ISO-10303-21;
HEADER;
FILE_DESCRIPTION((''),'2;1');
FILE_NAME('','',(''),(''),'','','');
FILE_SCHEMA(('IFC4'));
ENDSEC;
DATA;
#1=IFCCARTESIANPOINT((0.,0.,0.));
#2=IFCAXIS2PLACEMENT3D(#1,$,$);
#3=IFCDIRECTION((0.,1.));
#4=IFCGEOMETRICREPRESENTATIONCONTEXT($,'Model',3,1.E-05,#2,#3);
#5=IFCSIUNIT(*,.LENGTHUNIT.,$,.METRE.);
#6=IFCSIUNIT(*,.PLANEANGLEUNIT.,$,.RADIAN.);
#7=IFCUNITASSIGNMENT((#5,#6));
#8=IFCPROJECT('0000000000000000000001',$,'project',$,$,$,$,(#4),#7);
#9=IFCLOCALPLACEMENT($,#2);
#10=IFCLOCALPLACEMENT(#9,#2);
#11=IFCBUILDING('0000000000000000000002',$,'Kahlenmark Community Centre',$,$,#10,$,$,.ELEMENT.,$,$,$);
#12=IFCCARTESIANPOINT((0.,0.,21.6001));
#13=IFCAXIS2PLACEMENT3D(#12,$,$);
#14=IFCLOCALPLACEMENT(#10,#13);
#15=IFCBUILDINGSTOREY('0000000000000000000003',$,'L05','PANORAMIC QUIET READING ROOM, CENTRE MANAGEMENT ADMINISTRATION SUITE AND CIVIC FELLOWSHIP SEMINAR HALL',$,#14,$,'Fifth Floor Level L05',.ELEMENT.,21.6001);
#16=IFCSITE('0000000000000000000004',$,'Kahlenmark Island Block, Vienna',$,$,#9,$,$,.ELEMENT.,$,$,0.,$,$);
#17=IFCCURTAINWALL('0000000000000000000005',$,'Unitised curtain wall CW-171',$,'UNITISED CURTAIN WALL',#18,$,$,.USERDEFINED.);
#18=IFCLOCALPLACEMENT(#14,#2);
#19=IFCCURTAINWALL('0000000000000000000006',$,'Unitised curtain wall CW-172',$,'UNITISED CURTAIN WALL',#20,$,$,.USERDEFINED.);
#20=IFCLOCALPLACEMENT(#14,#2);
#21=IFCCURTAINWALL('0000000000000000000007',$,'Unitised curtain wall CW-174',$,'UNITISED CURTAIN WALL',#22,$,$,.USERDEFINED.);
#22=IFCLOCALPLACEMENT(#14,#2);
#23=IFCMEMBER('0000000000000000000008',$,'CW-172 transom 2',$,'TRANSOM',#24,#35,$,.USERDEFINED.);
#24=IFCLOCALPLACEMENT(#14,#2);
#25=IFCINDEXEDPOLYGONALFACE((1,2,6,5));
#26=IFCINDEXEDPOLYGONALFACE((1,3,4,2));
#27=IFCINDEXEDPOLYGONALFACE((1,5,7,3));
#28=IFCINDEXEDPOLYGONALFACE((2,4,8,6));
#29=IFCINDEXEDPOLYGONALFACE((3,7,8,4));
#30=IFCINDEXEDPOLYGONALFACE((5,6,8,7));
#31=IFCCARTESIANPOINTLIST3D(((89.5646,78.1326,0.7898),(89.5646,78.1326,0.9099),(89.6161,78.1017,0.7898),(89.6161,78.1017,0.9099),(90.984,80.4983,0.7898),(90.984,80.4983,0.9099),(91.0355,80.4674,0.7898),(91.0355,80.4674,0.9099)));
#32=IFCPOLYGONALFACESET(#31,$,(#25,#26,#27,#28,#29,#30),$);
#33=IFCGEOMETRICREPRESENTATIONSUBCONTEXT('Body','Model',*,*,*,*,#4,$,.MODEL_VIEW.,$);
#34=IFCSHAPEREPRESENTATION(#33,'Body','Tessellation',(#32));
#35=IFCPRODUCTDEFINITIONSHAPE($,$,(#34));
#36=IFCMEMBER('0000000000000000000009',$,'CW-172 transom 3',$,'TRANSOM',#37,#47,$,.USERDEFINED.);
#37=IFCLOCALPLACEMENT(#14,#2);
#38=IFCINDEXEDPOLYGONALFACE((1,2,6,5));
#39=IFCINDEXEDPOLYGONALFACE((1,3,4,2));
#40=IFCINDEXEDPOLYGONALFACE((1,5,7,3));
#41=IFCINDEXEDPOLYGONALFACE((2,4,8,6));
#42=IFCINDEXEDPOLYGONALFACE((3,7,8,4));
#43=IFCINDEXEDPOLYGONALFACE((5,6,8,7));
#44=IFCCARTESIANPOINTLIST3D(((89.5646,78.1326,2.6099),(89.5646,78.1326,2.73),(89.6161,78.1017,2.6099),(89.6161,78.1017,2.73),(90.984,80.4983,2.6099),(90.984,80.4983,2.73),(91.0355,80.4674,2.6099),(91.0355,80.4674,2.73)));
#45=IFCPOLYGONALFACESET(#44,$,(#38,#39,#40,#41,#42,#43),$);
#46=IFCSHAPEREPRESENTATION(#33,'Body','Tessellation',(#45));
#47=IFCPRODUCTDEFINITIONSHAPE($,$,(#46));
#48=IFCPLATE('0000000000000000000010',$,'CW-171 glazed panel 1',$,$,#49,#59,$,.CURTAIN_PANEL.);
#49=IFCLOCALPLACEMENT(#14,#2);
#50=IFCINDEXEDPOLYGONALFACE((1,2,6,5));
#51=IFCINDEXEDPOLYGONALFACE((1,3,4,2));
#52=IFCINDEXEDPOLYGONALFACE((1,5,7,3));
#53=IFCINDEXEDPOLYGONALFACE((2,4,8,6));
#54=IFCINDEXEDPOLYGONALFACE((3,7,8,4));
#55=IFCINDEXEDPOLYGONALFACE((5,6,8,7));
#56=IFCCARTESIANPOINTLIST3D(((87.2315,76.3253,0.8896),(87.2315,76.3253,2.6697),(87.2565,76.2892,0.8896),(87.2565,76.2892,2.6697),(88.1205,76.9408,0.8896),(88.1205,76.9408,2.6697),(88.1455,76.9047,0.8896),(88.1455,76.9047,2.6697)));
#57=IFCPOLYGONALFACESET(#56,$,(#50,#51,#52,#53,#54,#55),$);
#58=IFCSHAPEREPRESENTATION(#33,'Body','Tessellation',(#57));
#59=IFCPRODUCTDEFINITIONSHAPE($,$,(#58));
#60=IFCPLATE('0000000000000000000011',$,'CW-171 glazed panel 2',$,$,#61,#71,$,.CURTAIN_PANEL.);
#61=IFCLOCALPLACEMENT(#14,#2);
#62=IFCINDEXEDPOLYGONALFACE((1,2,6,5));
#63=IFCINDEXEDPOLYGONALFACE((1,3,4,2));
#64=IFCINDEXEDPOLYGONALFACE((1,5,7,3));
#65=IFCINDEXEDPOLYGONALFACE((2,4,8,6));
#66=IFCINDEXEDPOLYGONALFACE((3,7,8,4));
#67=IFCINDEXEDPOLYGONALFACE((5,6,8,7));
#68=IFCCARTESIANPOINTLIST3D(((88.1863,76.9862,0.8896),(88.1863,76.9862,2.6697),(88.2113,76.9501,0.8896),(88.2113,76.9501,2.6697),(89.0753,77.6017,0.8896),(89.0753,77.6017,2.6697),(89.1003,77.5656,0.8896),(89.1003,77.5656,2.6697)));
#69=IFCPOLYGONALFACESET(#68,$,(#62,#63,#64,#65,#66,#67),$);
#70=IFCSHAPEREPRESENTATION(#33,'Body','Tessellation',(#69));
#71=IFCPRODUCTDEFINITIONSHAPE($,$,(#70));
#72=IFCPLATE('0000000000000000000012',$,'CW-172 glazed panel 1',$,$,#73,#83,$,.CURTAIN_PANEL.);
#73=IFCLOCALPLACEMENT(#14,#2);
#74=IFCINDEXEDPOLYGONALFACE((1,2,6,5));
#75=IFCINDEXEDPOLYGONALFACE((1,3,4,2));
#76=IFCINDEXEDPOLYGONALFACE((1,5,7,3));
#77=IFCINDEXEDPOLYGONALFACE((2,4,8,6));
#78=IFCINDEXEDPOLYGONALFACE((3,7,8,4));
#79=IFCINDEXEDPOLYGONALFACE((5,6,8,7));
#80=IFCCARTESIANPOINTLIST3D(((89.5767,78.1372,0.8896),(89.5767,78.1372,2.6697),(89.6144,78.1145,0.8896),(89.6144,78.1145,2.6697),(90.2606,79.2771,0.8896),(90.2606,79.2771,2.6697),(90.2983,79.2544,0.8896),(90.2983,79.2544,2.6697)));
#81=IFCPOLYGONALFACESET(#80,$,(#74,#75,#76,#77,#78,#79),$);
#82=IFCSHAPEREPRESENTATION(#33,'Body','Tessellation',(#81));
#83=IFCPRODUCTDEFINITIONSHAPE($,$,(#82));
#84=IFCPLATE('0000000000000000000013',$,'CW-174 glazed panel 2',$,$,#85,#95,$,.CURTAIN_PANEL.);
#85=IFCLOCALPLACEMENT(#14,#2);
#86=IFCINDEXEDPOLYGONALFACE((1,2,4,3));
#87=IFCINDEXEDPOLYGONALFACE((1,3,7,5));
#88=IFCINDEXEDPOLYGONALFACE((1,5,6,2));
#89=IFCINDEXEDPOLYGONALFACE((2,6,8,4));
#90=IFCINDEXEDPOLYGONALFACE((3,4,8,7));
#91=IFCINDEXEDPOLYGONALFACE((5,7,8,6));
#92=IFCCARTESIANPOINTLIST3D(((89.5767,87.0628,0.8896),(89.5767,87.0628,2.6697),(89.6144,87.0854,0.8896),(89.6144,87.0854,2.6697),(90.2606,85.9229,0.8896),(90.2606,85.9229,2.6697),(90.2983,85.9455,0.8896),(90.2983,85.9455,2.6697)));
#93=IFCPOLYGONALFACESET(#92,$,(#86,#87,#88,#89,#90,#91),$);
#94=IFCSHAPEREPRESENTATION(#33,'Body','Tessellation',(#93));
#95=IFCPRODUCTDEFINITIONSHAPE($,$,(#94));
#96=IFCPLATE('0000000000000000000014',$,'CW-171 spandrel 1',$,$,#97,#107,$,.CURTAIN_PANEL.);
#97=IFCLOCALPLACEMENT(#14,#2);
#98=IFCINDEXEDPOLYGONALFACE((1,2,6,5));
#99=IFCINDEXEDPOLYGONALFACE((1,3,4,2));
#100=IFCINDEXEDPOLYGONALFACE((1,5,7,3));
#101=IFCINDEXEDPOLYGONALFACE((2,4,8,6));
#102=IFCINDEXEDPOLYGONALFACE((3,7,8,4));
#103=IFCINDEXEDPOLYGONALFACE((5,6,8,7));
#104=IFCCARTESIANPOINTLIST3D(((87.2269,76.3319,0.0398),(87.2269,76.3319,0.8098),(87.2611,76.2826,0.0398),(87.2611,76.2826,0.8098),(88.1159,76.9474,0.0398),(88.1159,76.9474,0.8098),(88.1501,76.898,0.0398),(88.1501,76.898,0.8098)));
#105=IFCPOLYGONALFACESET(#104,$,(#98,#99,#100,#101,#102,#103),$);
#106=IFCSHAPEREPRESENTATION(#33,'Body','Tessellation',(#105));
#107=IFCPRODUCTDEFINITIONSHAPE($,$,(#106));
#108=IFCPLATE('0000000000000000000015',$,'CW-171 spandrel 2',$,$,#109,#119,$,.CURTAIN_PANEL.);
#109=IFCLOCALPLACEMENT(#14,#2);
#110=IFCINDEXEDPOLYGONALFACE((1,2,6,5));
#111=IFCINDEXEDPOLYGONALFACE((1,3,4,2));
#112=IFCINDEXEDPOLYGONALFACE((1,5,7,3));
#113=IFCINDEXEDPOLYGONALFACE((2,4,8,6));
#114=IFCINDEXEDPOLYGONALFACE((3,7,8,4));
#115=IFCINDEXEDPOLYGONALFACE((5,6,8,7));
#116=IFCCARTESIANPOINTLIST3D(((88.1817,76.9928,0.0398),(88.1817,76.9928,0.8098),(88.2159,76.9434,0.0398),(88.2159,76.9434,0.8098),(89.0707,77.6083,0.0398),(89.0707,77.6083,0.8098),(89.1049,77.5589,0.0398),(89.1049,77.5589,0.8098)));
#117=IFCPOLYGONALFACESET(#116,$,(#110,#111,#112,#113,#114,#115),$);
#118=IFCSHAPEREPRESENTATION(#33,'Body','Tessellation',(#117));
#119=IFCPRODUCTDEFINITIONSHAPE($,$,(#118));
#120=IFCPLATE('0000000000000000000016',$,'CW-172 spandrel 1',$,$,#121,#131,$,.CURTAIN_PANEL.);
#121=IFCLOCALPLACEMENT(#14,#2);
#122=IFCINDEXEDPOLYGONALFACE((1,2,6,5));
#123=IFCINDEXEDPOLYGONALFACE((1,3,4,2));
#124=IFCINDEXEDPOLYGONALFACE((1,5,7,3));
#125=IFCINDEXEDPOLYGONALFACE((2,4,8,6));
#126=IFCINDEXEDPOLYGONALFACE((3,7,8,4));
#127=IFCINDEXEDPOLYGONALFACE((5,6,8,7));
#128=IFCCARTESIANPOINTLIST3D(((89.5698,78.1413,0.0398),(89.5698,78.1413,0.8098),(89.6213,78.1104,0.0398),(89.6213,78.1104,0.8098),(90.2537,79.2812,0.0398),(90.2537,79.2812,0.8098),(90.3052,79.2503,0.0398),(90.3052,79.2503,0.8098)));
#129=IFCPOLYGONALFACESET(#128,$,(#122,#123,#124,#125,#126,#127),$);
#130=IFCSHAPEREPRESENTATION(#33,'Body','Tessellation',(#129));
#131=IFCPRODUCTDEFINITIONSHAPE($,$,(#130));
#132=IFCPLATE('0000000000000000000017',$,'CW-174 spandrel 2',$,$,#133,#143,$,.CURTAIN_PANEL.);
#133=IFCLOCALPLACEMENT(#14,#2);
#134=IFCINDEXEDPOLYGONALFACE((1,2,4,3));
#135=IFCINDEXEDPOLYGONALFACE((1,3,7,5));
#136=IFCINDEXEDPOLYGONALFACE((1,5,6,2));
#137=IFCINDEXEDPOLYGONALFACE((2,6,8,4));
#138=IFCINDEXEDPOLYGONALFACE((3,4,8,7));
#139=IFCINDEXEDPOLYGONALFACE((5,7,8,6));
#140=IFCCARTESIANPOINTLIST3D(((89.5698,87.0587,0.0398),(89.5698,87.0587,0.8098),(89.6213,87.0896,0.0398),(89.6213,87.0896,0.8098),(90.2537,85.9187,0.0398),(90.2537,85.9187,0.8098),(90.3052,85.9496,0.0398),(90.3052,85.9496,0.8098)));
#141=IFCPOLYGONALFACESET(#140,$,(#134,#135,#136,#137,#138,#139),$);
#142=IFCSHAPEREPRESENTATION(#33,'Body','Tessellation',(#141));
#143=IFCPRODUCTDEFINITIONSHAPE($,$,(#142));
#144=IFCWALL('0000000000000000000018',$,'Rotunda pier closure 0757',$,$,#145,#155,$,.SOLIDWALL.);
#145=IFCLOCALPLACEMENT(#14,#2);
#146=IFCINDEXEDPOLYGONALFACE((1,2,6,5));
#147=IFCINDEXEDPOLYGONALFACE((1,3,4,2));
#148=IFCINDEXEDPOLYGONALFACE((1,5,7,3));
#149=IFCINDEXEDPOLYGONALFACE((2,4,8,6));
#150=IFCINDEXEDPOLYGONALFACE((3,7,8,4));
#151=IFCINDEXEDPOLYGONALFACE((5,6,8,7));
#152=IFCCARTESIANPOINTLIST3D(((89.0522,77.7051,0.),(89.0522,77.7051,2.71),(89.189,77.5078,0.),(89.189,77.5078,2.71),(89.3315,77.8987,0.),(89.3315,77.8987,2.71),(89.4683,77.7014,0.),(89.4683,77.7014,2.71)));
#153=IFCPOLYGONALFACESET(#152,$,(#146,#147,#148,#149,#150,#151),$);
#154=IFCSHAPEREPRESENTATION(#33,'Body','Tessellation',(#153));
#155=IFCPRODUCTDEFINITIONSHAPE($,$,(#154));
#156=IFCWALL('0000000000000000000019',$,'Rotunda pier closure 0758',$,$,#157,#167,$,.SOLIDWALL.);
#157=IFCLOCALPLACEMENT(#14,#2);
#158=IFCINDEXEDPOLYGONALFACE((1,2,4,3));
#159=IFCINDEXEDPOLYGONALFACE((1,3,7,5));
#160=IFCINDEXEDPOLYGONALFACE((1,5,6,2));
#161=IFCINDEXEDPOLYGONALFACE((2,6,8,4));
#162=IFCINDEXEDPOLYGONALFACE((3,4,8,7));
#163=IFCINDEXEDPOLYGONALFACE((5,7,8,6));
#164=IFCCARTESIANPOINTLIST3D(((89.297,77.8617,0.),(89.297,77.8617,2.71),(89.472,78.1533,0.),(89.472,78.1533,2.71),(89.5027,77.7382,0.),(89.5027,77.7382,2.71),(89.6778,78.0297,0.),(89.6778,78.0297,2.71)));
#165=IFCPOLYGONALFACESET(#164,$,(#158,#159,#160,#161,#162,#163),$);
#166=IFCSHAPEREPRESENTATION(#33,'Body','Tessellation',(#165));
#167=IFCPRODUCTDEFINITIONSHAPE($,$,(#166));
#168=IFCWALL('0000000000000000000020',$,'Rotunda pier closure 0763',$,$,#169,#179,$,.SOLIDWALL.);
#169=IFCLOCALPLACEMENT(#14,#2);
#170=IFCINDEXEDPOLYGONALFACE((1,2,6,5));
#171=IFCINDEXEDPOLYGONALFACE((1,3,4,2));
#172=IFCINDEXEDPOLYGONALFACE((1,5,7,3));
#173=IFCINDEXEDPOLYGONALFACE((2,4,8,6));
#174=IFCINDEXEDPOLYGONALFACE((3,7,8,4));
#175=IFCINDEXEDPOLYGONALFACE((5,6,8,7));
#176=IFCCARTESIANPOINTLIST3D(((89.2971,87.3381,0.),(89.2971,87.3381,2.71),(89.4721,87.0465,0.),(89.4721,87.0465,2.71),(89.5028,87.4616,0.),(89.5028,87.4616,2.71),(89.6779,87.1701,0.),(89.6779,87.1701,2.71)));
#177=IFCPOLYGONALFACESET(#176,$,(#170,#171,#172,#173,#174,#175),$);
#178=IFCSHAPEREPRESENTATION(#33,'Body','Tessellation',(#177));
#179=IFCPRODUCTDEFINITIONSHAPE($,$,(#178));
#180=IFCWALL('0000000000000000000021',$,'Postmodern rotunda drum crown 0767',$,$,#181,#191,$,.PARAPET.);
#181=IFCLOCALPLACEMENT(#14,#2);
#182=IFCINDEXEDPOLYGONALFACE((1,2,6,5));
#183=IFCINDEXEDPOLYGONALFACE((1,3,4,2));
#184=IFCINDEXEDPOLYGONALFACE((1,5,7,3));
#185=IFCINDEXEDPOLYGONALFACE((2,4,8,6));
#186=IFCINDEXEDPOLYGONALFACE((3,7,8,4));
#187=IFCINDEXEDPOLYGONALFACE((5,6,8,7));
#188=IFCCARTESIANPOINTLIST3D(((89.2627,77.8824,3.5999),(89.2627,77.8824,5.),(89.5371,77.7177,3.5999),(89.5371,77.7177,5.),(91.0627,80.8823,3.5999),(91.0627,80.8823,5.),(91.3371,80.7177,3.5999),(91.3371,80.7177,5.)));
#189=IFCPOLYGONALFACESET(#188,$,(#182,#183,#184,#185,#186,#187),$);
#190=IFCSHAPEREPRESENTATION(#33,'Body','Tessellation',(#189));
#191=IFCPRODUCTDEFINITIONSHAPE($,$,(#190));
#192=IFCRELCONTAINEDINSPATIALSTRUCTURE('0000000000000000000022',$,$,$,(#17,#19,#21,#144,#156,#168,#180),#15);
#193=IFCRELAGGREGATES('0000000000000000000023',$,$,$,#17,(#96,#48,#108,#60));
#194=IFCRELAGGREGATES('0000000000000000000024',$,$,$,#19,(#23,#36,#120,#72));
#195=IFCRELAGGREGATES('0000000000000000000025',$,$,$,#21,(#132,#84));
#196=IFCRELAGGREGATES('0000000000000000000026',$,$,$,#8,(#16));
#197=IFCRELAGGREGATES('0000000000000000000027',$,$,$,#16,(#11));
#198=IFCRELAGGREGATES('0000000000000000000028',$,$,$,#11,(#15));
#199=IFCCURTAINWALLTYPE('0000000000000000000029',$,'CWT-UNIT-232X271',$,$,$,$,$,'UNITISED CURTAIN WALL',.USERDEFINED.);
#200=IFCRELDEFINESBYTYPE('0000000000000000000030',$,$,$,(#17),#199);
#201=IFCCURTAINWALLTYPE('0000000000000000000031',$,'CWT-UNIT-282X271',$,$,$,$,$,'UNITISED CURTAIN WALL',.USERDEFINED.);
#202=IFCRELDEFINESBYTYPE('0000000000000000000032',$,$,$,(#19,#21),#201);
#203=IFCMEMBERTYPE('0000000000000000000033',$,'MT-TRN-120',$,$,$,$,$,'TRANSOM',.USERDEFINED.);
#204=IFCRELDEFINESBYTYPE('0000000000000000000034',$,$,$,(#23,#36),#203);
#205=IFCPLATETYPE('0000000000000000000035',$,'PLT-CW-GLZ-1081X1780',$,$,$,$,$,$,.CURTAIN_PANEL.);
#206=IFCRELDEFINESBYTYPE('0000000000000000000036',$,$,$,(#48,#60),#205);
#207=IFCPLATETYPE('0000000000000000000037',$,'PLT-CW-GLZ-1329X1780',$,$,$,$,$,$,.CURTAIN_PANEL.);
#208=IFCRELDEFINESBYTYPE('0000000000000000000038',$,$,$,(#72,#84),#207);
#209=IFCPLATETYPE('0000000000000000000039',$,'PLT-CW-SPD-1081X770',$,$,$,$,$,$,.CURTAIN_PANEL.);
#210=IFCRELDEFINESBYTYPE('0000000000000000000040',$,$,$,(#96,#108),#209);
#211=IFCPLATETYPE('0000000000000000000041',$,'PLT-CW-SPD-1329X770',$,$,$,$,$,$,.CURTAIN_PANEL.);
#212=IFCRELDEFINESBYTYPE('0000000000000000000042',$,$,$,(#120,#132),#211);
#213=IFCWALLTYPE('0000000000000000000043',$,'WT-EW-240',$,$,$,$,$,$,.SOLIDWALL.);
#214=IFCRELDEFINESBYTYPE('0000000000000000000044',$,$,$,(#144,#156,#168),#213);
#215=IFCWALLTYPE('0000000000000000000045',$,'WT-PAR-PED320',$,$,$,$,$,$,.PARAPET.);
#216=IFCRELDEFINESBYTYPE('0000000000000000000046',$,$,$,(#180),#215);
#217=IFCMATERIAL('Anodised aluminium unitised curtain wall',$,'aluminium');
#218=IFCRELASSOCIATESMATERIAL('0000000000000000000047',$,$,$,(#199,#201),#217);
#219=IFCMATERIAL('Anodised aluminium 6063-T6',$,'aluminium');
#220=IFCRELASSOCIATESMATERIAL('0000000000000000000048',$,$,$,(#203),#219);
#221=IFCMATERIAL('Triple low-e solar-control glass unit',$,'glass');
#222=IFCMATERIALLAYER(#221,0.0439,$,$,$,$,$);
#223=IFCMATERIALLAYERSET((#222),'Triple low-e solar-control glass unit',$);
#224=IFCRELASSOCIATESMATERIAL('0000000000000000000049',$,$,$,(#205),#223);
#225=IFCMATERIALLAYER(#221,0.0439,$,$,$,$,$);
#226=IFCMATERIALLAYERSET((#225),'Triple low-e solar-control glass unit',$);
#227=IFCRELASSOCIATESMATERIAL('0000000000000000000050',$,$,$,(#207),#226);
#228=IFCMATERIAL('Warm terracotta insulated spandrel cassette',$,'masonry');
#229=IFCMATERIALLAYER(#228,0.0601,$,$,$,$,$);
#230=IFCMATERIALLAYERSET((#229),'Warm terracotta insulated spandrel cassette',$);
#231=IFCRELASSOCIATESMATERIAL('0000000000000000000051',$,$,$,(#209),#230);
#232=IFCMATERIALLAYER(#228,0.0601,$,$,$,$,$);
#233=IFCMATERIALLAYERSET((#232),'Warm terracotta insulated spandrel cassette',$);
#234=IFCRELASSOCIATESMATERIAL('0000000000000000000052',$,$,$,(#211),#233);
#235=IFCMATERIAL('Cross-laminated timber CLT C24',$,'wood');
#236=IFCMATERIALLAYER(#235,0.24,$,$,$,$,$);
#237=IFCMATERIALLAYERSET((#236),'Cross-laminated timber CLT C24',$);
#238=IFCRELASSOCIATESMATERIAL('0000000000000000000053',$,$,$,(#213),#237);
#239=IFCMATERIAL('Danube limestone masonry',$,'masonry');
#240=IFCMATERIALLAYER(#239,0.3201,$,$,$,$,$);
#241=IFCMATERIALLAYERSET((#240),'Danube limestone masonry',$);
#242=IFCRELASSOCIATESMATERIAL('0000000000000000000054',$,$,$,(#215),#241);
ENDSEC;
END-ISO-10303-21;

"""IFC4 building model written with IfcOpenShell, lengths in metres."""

from ifc_helpers import new_model, si_unit, direction, frame, frame_2d, origin, origin_2d, place, context, subcontext, project, spatial, rectangle, extrude, material, layer, layer_set, material_profile, profile_set, type_object, element, aggregate, save


model = new_model("IFC4")

# Units and contexts
model_context = context("Model", 3, precision=1e-05, world=origin(), true_north=direction((0.0, 1.0)))
body_context = subcontext(model_context, "Body", "Model", "MODEL_VIEW")
ifc_project = project(units=[si_unit("LENGTHUNIT", "METRE"), si_unit("PLANEANGLEUNIT", "RADIAN")], contexts=[model_context])

# Site, building, storey
site_placement = place(None, origin())
site = spatial("IfcSite", under=ifc_project, at=site_placement, Name="Kahlenmark Island Block, Vienna", CompositionType="ELEMENT", RefElevation=0.0)
building_placement = place(site_placement, origin())
building = spatial("IfcBuilding", under=site, at=building_placement, Name="Kahlenmark Community Centre", CompositionType="ELEMENT")
storey_placement = place(building_placement, frame((0.0, 0.0, 21.6001)))
storey = spatial("IfcBuildingStorey", under=building, at=storey_placement, Name="L05", Description="PANORAMIC QUIET READING ROOM, CENTRE MANAGEMENT ADMINISTRATION SUITE AND CIVIC FELLOWSHIP SEMINAR HALL", LongName="Fifth Floor Level L05", CompositionType="ELEMENT", Elevation=21.6001)

# Curtain walls
ifc_material_1 = material(Name="Anodised aluminium unitised curtain wall", Category="aluminium")
curtain_wall_type_1 = type_object("IfcCurtainWallType", Name="CWT-UNIT-232X271", ElementType="UNITISED CURTAIN WALL", PredefinedType="USERDEFINED", material=ifc_material_1)
curtain_wall_1_placement = place(storey_placement, origin())
curtain_wall_1 = element("IfcCurtainWall", 1, at=curtain_wall_1_placement, inside=storey, type_object=curtain_wall_type_1, Name="Unitised curtain wall CW-171", ObjectType="UNITISED CURTAIN WALL", PredefinedType="USERDEFINED")
ifc_material_2 = material(Name="Anodised aluminium 6063-T6", Category="aluminium")
curtain_wall_type_2 = type_object("IfcCurtainWallType", Name="CWT-UNIT-282X271", ElementType="UNITISED CURTAIN WALL", PredefinedType="USERDEFINED", material=ifc_material_1)
curtain_wall_2_placement = place(storey_placement, origin())
curtain_wall_2 = element("IfcCurtainWall", 2, at=curtain_wall_2_placement, inside=storey, type_object=curtain_wall_type_2, Name="Unitised curtain wall CW-172", ObjectType="UNITISED CURTAIN WALL", PredefinedType="USERDEFINED")

# Curtain wall
curtain_wall_3_placement = place(storey_placement, origin())
curtain_wall_3 = element("IfcCurtainWall", 3, at=curtain_wall_3_placement, inside=storey, type_object=curtain_wall_type_2, Name="Unitised curtain wall CW-174", ObjectType="UNITISED CURTAIN WALL", PredefinedType="USERDEFINED")

# Members
ifc_material_profile_1 = material_profile(ifc_material_2, rectangle(XDim=0.0601, YDim=0.1201, at=origin_2d()), Name="ALU TRANSOM 60x120")
ifc_profile_set_1 = profile_set([ifc_material_profile_1], Name="Anodised aluminium 6063-T6")
member_type_1 = type_object("IfcMemberType", Name="MT-TRN-120", ElementType="TRANSOM", PredefinedType="USERDEFINED", material=ifc_profile_set_1)
member_1_placement = place(storey_placement, frame((89.5903, 78.1172, 0.8499), z_axis=(0.514496, 0.857493, 0.0), x_axis=(-0.857493, 0.514496, 0.0)))
member_1 = element("IfcMember", 4, at=member_1_placement, type_object=member_type_1, Name="CW-172 transom 2", ObjectType="TRANSOM", PredefinedType="USERDEFINED", context=body_context, shape_type="SweptSolid", body=[
    extrude(rectangle(XDim=0.0601, YDim=0.1201, at=origin_2d()), origin(), (0.0, 0.0, 1.0), 2.7588),
])
member_2_placement = place(storey_placement, frame((89.5903, 78.1172, 2.6699), z_axis=(0.514496, 0.857493, 0.0), x_axis=(-0.857493, 0.514496, 0.0)))
member_2 = element("IfcMember", 5, at=member_2_placement, type_object=member_type_1, Name="CW-172 transom 3", ObjectType="TRANSOM", PredefinedType="USERDEFINED", context=body_context, shape_type="SweptSolid", body=[
    extrude(rectangle(XDim=0.0601, YDim=0.1201, at=origin_2d()), origin(), (0.0, 0.0, 1.0), 2.7588),
])

# Plates
ifc_material_3 = material(Name="Triple low-e solar-control glass unit", Category="glass")
ifc_layer_1 = layer(ifc_material_3, 0.0439)
ifc_layer_set_1 = layer_set([ifc_layer_1], Name="Triple low-e solar-control glass unit")
plate_type_1 = type_object("IfcPlateType", Name="PLT-CW-GLZ-1081X1780", PredefinedType="CURTAIN_PANEL", material=ifc_layer_set_1)
plate_1_placement = place(storey_placement, frame((87.6885, 76.615, 0.8896), z_axis=(0.0, 0.0, 1.0), x_axis=(0.822191, 0.569212, 0.0)))
plate_1 = element("IfcPlate", 6, at=plate_1_placement, type_object=plate_type_1, Name="CW-171 glazed panel 1", PredefinedType="CURTAIN_PANEL", context=body_context, shape_type="SweptSolid", body=[
    extrude(rectangle(XDim=1.0813, YDim=0.0439, at=origin_2d()), origin(), (0.0, 0.0, 1.0), 1.78),
])
plate_2_placement = place(storey_placement, frame((88.6433, 77.2759, 0.8896), z_axis=(0.0, 0.0, 1.0), x_axis=(0.822191, 0.569212, 0.0)))
plate_2 = element("IfcPlate", 7, at=plate_2_placement, type_object=plate_type_1, Name="CW-171 glazed panel 2", PredefinedType="CURTAIN_PANEL", context=body_context, shape_type="SweptSolid", body=[
    extrude(rectangle(XDim=1.0813, YDim=0.0439, at=origin_2d()), origin(), (0.0, 0.0, 1.0), 1.78),
])
ifc_layer_2 = layer(ifc_material_3, 0.0439)
ifc_layer_set_2 = layer_set([ifc_layer_2], Name="Triple low-e solar-control glass unit")
plate_type_2 = type_object("IfcPlateType", Name="PLT-CW-GLZ-1329X1780", PredefinedType="CURTAIN_PANEL", material=ifc_layer_set_2)
plate_3_placement = place(storey_placement, frame((89.9375, 78.6958, 0.8896), z_axis=(0.0, 0.0, 1.0), x_axis=(0.514496, 0.857493, 0.0)))
plate_3 = element("IfcPlate", 8, at=plate_3_placement, type_object=plate_type_2, Name="CW-172 glazed panel 1", PredefinedType="CURTAIN_PANEL", context=body_context, shape_type="SweptSolid", body=[
    extrude(rectangle(XDim=1.3293, YDim=0.0439, at=origin_2d()), origin(), (0.0, 0.0, 1.0), 1.78),
])
plate_4_placement = place(storey_placement, frame((89.9375, 86.5042, 0.8896), z_axis=(0.0, 0.0, 1.0), x_axis=(-0.514496, 0.857493, 0.0)))
plate_4 = element("IfcPlate", 9, at=plate_4_placement, type_object=plate_type_2, Name="CW-174 glazed panel 2", PredefinedType="CURTAIN_PANEL", context=body_context, shape_type="SweptSolid", body=[
    extrude(rectangle(XDim=1.3293, YDim=0.0439, at=origin_2d()), origin(), (0.0, 0.0, 1.0), 1.78),
])
ifc_material_4 = material(Name="Warm terracotta insulated spandrel cassette", Category="masonry")
ifc_layer_3 = layer(ifc_material_4, 0.0601)
ifc_layer_set_3 = layer_set([ifc_layer_3], Name="Warm terracotta insulated spandrel cassette")
plate_type_3 = type_object("IfcPlateType", Name="PLT-CW-SPD-1081X770", PredefinedType="CURTAIN_PANEL", material=ifc_layer_set_3)
plate_5_placement = place(storey_placement, frame((87.6885, 76.615, 0.0398), z_axis=(0.0, 0.0, 1.0), x_axis=(0.822191, 0.569212, 0.0)))
plate_5 = element("IfcPlate", 10, at=plate_5_placement, type_object=plate_type_3, Name="CW-171 spandrel 1", PredefinedType="CURTAIN_PANEL", context=body_context, shape_type="SweptSolid", body=[
    extrude(rectangle(XDim=1.0813, YDim=0.0601, at=origin_2d()), origin(), (0.0, 0.0, 1.0), 0.77),
])
plate_6_placement = place(storey_placement, frame((88.6433, 77.2759, 0.0398), z_axis=(0.0, 0.0, 1.0), x_axis=(0.822191, 0.569212, 0.0)))
plate_6 = element("IfcPlate", 11, at=plate_6_placement, type_object=plate_type_3, Name="CW-171 spandrel 2", PredefinedType="CURTAIN_PANEL", context=body_context, shape_type="SweptSolid", body=[
    extrude(rectangle(XDim=1.0813, YDim=0.0601, at=origin_2d()), origin(), (0.0, 0.0, 1.0), 0.77),
])
aggregate(curtain_wall_1, [plate_5, plate_1, plate_6, plate_2])
ifc_layer_4 = layer(ifc_material_4, 0.0601)
ifc_layer_set_4 = layer_set([ifc_layer_4], Name="Warm terracotta insulated spandrel cassette")
plate_type_4 = type_object("IfcPlateType", Name="PLT-CW-SPD-1329X770", PredefinedType="CURTAIN_PANEL", material=ifc_layer_set_4)
plate_7_placement = place(storey_placement, frame((89.9375, 78.6958, 0.0398), z_axis=(0.0, 0.0, 1.0), x_axis=(0.514496, 0.857493, 0.0)))
plate_7 = element("IfcPlate", 12, at=plate_7_placement, type_object=plate_type_4, Name="CW-172 spandrel 1", PredefinedType="CURTAIN_PANEL", context=body_context, shape_type="SweptSolid", body=[
    extrude(rectangle(XDim=1.3293, YDim=0.0601, at=origin_2d()), origin(), (0.0, 0.0, 1.0), 0.77),
])
aggregate(curtain_wall_2, [member_1, member_2, plate_7, plate_3])
plate_8_placement = place(storey_placement, frame((89.9375, 86.5042, 0.0398), z_axis=(0.0, 0.0, 1.0), x_axis=(-0.514496, 0.857493, 0.0)))
plate_8 = element("IfcPlate", 13, at=plate_8_placement, type_object=plate_type_4, Name="CW-174 spandrel 2", PredefinedType="CURTAIN_PANEL", context=body_context, shape_type="SweptSolid", body=[
    extrude(rectangle(XDim=1.3293, YDim=0.0601, at=origin_2d()), origin(), (0.0, 0.0, 1.0), 0.77),
])
aggregate(curtain_wall_3, [plate_8, plate_4])

# Walls
ifc_material_5 = material(Name="Cross-laminated timber CLT C24", Category="wood")
ifc_layer_5 = layer(ifc_material_5, 0.24)
ifc_layer_set_5 = layer_set([ifc_layer_5], Name="Cross-laminated timber CLT C24")
wall_type_1 = type_object("IfcWallType", Name="WT-EW-240", PredefinedType="SOLIDWALL", material=ifc_layer_set_5)
wall_1_placement = place(storey_placement, frame((89.1206, 77.6064, 0.0), z_axis=(0.0, 0.0, 1.0), x_axis=(0.821856, 0.569696, 0.0)))
element("IfcWall", 14, at=wall_1_placement, inside=storey, type_object=wall_type_1, Name="Rotunda pier closure 0757", PredefinedType="SOLIDWALL", context=body_context, shape_type="SweptSolid", body=[
    extrude(rectangle(XDim=0.3398, YDim=0.24, at=frame_2d((0.1699, 0.0))), origin(), (0.0, 0.0, 1.0), 2.71),
])
for number, where, z_axis, x_axis, name in (
    (15, (89.3999, 77.8, 0.0), (0.0, 0.0, 1.0), (0.514812, 0.857303, 0.0), "Rotunda pier closure 0758"),
    (16, (89.575, 87.1084, 0.0), (0.0, 0.0, 1.0), (-0.514812, 0.857303, 0.0), "Rotunda pier closure 0763"),
):
    element("IfcWall", number, at=place(storey_placement, frame(where, z_axis=z_axis, x_axis=x_axis)), inside=storey, type_object=wall_type_1, Name=name, PredefinedType="SOLIDWALL", context=body_context, shape_type="SweptSolid", body=[
        extrude(rectangle(XDim=0.3401, YDim=0.24, at=frame_2d((0.1699, 0.0))), origin(), (0.0, 0.0, 1.0), 2.71),
    ])
ifc_material_6 = material(Name="Danube limestone masonry", Category="masonry")
ifc_layer_6 = layer(ifc_material_6, 0.3201)
ifc_layer_set_6 = layer_set([ifc_layer_6], Name="Danube limestone masonry")
wall_type_2 = type_object("IfcWallType", Name="WT-PAR-PED320", PredefinedType="PARAPET", material=ifc_layer_set_6)
wall_2_placement = place(storey_placement, frame((89.3999, 77.8, 3.5999), z_axis=(0.0, 0.0, 1.0), x_axis=(0.514506, 0.857487, 0.0)))
element("IfcWall", 17, at=wall_2_placement, inside=storey, type_object=wall_type_2, Name="Postmodern rotunda drum crown 0767", PredefinedType="PARAPET", context=body_context, shape_type="SweptSolid", body=[
    extrude(rectangle(XDim=3.4985, YDim=0.3201, at=frame_2d((1.7493, 0.0))), origin(), (0.0, 0.0, 1.0), 1.4001),
])

save(model, "model.ifc")
